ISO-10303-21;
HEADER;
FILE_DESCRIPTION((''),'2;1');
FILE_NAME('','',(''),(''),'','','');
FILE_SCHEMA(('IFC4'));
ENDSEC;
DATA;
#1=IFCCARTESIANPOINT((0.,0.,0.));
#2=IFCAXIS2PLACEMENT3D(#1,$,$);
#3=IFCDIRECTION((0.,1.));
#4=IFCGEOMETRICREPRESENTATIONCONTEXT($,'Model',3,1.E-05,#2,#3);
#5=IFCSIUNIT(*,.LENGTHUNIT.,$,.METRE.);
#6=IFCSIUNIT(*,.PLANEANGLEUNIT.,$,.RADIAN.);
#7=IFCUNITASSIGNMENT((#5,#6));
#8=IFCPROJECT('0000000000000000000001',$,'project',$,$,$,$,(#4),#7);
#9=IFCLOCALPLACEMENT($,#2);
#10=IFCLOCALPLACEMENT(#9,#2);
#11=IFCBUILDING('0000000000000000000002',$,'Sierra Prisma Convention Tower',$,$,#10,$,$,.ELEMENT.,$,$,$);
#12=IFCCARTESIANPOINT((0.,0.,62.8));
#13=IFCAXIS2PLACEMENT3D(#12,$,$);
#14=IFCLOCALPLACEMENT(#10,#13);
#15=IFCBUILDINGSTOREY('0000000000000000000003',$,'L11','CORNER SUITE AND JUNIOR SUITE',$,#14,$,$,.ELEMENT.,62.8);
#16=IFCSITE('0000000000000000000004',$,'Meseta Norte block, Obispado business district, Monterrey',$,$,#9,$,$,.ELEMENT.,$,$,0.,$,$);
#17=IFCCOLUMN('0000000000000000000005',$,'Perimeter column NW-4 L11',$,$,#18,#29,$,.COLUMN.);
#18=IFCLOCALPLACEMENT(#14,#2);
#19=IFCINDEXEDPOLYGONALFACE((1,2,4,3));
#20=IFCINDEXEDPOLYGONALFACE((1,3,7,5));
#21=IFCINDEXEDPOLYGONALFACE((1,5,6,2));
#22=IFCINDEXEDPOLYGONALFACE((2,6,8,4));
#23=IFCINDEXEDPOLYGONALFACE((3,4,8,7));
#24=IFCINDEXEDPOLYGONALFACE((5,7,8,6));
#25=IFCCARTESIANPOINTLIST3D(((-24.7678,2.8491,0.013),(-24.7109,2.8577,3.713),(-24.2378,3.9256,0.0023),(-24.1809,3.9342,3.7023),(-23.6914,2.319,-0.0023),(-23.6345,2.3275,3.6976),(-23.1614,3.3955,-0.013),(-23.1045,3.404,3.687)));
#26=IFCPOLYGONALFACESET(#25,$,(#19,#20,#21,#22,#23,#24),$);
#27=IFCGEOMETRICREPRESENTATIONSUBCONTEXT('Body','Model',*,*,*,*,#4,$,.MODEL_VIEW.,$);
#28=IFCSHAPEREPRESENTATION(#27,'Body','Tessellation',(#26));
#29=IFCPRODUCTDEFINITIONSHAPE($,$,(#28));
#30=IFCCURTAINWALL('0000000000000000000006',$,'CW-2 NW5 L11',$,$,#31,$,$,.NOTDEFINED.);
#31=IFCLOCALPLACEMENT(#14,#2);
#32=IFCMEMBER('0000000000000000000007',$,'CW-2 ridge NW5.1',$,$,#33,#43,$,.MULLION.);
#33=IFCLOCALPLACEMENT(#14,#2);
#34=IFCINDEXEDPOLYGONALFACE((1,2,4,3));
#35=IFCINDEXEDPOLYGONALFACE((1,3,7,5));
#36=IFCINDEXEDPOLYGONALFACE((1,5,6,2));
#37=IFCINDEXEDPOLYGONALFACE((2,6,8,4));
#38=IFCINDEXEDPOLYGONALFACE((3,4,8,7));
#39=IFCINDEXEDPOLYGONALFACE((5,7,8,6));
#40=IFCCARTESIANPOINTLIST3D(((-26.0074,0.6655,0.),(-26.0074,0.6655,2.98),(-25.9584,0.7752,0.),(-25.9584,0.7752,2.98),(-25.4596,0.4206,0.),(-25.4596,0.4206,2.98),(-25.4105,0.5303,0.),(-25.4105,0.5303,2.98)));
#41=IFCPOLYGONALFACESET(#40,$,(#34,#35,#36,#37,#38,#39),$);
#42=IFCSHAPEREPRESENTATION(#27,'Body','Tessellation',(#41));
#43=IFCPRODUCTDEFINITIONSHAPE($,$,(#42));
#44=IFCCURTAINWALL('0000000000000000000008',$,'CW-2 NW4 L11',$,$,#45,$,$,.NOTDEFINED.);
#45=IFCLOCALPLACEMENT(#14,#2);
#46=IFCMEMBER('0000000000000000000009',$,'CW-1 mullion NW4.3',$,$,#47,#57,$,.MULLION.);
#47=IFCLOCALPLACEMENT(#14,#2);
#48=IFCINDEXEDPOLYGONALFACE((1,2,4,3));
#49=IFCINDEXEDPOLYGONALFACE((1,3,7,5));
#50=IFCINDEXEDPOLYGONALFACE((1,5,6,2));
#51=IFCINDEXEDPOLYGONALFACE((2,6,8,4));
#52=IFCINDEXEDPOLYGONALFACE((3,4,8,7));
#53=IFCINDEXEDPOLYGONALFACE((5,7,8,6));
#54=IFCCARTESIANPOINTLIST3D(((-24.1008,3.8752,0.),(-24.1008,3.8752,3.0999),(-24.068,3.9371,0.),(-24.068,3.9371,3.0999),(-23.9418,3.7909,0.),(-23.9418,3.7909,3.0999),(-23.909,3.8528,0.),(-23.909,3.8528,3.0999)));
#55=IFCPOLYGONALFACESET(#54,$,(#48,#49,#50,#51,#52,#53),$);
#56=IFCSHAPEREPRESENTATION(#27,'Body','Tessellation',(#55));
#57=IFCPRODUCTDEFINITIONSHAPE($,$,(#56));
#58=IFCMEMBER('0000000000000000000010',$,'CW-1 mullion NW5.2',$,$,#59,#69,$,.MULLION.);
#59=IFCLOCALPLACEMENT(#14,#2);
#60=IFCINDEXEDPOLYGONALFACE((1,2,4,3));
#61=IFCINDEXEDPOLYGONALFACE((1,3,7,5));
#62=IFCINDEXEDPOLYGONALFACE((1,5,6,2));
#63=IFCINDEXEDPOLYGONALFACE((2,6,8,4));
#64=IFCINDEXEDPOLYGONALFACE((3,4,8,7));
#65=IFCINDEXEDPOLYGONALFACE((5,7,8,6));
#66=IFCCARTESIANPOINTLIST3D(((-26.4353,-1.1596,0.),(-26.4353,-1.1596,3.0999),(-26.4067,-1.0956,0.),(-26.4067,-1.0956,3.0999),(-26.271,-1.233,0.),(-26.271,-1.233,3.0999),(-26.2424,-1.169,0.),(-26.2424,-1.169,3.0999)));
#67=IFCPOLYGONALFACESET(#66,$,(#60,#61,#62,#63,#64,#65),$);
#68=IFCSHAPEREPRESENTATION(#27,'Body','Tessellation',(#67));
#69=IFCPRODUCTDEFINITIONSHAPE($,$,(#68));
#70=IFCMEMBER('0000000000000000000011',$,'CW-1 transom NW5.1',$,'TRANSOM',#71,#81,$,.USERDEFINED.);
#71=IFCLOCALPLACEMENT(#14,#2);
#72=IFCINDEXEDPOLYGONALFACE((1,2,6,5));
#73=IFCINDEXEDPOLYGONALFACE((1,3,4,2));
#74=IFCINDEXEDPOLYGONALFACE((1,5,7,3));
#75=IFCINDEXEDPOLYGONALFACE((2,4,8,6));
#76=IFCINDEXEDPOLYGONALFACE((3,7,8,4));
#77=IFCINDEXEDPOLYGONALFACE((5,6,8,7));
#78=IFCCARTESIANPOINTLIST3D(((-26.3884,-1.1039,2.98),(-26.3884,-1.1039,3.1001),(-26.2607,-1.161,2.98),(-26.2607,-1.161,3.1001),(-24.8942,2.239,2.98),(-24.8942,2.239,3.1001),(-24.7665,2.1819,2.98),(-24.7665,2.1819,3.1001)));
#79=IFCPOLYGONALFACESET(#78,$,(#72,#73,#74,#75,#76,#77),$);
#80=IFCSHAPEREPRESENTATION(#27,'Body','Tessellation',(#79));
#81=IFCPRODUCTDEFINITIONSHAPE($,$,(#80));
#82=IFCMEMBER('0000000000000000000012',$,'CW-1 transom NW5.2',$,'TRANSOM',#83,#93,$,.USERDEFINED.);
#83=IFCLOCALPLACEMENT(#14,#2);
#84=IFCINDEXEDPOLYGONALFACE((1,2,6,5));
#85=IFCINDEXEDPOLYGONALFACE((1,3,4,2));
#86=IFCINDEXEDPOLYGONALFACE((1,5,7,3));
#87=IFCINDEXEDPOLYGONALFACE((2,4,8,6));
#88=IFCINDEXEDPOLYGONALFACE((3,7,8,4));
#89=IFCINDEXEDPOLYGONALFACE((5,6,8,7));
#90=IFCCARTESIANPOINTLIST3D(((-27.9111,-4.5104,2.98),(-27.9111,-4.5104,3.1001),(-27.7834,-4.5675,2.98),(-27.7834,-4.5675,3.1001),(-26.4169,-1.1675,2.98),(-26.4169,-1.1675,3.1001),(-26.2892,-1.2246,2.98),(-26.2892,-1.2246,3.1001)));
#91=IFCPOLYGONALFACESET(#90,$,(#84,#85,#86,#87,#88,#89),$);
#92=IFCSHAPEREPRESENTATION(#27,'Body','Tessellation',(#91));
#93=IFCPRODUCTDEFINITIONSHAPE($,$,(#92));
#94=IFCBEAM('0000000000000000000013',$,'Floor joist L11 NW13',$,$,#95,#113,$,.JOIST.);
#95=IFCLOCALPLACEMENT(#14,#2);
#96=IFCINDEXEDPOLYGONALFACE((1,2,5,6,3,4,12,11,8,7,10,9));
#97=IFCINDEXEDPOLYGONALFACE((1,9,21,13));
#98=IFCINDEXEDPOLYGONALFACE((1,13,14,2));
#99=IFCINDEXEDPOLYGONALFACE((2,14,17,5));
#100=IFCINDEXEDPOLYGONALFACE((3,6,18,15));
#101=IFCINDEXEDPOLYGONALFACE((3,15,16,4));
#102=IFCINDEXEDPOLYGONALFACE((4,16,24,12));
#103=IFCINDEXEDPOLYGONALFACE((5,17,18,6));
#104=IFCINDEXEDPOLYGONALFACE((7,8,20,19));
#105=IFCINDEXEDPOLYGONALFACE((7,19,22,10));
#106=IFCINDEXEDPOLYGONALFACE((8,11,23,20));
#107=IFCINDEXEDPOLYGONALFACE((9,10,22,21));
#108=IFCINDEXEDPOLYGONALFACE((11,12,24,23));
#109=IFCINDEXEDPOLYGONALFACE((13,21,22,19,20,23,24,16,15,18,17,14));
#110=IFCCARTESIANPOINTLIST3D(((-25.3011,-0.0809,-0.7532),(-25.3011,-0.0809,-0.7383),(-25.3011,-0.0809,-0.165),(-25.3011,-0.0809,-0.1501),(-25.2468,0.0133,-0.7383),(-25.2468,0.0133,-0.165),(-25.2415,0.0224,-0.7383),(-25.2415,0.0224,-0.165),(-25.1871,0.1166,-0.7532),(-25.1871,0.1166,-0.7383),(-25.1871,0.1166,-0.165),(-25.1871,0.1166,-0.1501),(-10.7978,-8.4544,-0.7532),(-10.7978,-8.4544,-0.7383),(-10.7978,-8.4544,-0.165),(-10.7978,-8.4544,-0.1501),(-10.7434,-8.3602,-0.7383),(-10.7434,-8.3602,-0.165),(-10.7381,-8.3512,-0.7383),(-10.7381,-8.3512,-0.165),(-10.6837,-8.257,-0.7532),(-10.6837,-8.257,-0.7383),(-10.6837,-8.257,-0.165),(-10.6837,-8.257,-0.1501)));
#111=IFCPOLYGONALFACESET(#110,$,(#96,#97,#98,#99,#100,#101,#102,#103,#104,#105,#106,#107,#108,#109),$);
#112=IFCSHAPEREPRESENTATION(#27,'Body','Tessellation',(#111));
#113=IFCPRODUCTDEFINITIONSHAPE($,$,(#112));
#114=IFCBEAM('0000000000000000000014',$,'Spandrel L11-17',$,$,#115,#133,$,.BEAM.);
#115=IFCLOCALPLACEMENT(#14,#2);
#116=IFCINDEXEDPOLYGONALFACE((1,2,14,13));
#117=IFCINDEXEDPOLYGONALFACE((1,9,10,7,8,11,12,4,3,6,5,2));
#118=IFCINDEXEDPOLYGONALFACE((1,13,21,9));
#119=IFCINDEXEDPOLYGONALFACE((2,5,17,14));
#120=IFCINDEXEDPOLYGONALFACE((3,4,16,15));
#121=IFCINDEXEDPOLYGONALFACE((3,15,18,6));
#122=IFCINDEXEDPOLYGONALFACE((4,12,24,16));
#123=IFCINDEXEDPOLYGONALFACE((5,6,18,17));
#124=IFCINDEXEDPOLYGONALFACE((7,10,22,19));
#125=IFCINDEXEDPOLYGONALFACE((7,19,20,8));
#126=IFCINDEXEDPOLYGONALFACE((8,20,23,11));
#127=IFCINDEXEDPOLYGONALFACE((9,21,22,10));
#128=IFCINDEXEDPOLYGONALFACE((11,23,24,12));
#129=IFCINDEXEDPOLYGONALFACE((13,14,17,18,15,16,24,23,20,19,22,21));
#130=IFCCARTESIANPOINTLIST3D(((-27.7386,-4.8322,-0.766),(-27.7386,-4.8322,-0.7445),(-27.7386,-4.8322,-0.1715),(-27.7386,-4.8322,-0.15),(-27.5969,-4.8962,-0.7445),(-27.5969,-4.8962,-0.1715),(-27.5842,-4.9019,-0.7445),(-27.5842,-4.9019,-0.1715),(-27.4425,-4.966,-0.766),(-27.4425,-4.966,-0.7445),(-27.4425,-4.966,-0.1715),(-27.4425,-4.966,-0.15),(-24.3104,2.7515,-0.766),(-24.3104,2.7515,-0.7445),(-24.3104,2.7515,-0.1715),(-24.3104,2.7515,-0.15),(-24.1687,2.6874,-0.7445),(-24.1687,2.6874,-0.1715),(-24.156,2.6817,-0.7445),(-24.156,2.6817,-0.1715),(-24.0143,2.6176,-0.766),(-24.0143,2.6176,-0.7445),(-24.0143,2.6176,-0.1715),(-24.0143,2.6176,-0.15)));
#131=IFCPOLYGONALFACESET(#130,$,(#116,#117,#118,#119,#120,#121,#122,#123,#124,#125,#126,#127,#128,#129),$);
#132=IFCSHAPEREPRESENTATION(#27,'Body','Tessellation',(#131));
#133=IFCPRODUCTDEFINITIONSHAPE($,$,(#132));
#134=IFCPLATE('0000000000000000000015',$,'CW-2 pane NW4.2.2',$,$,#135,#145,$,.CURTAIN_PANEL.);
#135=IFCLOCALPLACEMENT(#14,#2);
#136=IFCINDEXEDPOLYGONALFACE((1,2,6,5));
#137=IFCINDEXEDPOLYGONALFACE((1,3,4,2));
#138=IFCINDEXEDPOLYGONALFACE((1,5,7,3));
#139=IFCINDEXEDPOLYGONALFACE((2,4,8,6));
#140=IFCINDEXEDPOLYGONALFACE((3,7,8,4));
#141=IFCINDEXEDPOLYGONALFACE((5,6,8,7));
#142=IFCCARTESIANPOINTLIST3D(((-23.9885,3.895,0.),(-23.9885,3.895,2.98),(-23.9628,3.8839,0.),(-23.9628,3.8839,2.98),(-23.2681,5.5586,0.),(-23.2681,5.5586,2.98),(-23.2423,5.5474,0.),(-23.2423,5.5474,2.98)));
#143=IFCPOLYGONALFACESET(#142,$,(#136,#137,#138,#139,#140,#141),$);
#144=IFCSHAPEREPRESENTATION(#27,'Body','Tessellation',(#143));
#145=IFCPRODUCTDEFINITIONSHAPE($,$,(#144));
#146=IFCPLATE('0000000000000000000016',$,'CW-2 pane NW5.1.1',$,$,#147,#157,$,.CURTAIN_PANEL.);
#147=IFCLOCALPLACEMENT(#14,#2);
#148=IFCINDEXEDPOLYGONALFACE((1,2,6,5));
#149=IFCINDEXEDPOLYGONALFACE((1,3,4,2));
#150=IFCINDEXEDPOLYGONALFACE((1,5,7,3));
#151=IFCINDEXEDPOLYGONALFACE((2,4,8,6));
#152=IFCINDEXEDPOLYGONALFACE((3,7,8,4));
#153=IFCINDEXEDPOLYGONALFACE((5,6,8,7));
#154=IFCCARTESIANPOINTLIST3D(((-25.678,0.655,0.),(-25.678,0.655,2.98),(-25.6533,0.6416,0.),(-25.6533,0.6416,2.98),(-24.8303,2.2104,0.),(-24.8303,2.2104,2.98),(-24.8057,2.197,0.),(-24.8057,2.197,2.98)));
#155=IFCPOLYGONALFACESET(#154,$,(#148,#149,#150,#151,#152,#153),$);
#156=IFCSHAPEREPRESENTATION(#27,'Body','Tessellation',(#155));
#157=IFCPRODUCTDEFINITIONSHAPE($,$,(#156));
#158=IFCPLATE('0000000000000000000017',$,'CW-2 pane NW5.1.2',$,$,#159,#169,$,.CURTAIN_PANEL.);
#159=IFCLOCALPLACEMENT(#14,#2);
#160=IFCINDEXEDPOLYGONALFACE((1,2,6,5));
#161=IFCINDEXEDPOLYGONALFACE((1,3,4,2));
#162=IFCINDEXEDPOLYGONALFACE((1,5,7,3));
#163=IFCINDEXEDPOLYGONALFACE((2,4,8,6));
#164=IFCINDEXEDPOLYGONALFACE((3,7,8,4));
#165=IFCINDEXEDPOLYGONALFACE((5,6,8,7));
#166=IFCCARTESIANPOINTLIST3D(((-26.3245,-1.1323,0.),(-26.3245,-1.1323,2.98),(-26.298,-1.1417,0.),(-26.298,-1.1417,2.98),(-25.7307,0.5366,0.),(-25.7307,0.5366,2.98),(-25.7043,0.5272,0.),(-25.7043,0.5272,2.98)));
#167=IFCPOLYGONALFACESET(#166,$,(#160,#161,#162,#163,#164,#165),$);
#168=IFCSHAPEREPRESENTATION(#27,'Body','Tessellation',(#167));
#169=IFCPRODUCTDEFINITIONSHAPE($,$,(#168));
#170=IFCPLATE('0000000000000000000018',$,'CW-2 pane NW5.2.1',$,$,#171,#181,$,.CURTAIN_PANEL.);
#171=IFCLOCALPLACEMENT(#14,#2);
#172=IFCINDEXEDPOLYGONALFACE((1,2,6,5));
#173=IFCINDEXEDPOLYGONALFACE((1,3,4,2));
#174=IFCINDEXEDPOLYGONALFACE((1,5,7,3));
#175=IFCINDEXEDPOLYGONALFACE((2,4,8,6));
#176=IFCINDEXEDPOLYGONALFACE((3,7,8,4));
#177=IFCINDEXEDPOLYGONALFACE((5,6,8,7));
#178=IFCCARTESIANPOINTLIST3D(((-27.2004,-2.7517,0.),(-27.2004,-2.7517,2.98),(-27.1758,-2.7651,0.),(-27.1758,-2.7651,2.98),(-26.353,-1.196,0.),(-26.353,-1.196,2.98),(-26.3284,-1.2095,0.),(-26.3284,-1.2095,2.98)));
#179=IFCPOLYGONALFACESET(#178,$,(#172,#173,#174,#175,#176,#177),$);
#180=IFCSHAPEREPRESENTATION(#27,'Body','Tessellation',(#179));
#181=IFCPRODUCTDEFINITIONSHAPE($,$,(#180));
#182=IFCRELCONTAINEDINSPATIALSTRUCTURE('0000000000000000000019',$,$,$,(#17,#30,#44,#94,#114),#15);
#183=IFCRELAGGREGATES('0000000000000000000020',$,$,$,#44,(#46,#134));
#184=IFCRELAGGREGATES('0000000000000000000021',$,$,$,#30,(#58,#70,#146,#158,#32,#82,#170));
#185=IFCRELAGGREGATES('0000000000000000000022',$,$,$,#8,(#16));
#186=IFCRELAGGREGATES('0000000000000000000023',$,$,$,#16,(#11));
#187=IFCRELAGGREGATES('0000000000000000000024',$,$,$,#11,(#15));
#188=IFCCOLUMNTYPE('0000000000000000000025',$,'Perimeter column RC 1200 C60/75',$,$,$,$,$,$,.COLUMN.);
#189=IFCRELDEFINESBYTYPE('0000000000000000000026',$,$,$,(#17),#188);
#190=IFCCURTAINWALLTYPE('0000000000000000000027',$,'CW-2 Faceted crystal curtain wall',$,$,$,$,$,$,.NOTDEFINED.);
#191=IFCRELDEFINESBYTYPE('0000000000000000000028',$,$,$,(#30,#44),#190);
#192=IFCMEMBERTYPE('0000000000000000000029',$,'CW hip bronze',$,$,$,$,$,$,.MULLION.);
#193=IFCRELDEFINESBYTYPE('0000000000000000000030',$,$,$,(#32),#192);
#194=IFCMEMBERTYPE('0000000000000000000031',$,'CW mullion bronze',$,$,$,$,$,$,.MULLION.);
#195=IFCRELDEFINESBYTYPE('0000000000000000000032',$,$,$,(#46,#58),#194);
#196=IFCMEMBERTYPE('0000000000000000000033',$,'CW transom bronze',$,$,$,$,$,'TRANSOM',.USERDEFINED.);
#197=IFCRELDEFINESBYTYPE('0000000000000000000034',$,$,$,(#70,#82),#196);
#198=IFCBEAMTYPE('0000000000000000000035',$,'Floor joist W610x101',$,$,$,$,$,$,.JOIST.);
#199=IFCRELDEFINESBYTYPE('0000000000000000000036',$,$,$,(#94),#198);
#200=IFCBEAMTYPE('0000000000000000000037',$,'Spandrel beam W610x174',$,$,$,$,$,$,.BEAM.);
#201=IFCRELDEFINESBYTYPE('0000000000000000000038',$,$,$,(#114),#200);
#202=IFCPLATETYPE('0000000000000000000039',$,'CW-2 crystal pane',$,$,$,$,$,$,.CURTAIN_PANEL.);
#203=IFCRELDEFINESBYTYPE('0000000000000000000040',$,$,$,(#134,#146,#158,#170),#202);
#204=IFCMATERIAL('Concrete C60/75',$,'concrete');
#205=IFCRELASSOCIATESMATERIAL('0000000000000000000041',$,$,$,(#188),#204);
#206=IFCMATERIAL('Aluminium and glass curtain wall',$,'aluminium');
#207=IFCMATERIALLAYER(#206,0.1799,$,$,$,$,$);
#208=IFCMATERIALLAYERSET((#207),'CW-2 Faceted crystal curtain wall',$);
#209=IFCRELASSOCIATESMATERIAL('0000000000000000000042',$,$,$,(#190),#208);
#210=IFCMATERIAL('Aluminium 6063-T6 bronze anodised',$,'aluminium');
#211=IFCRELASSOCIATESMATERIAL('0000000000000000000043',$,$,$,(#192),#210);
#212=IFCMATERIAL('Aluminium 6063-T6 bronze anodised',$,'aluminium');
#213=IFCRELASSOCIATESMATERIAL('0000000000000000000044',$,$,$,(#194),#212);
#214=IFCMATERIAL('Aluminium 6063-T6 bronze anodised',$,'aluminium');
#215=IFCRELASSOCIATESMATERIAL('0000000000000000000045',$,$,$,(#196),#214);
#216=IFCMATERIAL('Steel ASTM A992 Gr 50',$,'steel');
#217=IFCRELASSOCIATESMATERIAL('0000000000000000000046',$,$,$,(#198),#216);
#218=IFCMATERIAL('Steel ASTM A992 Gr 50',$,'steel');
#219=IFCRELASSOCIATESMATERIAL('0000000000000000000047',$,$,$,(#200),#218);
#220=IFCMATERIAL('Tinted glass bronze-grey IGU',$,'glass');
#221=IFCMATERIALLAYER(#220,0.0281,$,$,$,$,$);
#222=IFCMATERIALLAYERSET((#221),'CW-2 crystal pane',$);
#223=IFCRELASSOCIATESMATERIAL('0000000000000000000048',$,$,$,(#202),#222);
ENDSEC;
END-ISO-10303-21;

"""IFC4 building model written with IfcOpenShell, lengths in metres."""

from ifc_helpers import new_model, si_unit, direction, frame, origin, origin_2d, place, context, subcontext, project, spatial, polyline, rectangle, i_section, outline, extrude, material, layer, layer_set, material_profile, profile_set, type_object, element, aggregate, save


model = new_model("IFC4")

# Units and contexts
model_context = context("Model", 3, precision=1e-05, world=origin(), true_north=direction((0.0, 1.0)))
body_context = subcontext(model_context, "Body", "Model", "MODEL_VIEW")
ifc_project = project(units=[si_unit("LENGTHUNIT", "METRE"), si_unit("PLANEANGLEUNIT", "RADIAN")], contexts=[model_context])

# Site, building, storey
site_placement = place(None, origin())
site = spatial("IfcSite", under=ifc_project, at=site_placement, Name="Meseta Norte block, Obispado business district, Monterrey", CompositionType="ELEMENT", RefElevation=0.0)
building_placement = place(site_placement, origin())
building = spatial("IfcBuilding", under=site, at=building_placement, Name="Sierra Prisma Convention Tower", CompositionType="ELEMENT")
storey_placement = place(building_placement, frame((0.0, 0.0, 62.8)))
storey = spatial("IfcBuildingStorey", under=building, at=storey_placement, Name="L11", Description="CORNER SUITE AND JUNIOR SUITE", CompositionType="ELEMENT", Elevation=62.8)

# Column
ifc_material_1 = material(Name="Concrete C60/75", Category="concrete")
ifc_material_profile_1 = material_profile(ifc_material_1, rectangle(XDim=1.2, YDim=1.2, at=origin_2d()), Name="Perimeter column RC 1200 C60/75")
ifc_profile_set_1 = profile_set([ifc_material_profile_1], Name="Concrete C60/75")
column_type = type_object("IfcColumnType", Name="Perimeter column RC 1200 C60/75", PredefinedType="COLUMN", material=ifc_profile_set_1)
column_placement = place(storey_placement, frame((-23.9646, 3.1223, 0.0), z_axis=(0.015373, 0.002309, 0.999879), x_axis=(0.441717, 0.897111, -0.008863)))
element("IfcColumn", 1, at=column_placement, inside=storey, type_object=column_type, Name="Perimeter column NW-4 L11", PredefinedType="COLUMN", context=body_context, shape_type="SweptSolid", body=[
    extrude(rectangle(XDim=1.2, YDim=1.2, at=origin_2d()), origin(), (0.0, 0.0, 1.0), 3.7004),
])

# Curtain walls, members
ifc_material_2 = material(Name="Aluminium and glass curtain wall", Category="aluminium")
ifc_layer_1 = layer(ifc_material_2, 0.1799)
ifc_layer_set_1 = layer_set([ifc_layer_1], Name="CW-2 Faceted crystal curtain wall")
curtain_wall_type = type_object("IfcCurtainWallType", Name="CW-2 Faceted crystal curtain wall", PredefinedType="NOTDEFINED", material=ifc_layer_set_1)
curtain_wall_1_placement = place(storey_placement, origin())
curtain_wall_1 = element("IfcCurtainWall", 2, at=curtain_wall_1_placement, inside=storey, type_object=curtain_wall_type, Name="CW-2 NW5 L11", PredefinedType="NOTDEFINED")
ifc_material_3 = material(Name="Aluminium 6063-T6 bronze anodised", Category="aluminium")
ifc_material_profile_2 = material_profile(ifc_material_3, rectangle(XDim=0.1201, YDim=0.6001, at=origin_2d()), Name="ALU RIDGE BLADE 120x600")
ifc_profile_set_2 = profile_set([ifc_material_profile_2], Name="Aluminium 6063-T6 bronze anodised")
member_type_1 = type_object("IfcMemberType", Name="CW hip bronze", PredefinedType="MULLION", material=ifc_profile_set_2)
member_1_placement = place(storey_placement, frame((-25.709, 0.5979, 0.0), z_axis=(0.0, 0.0, 1.0), x_axis=(-0.408052, -0.912959, 0.0)))
member_1 = element("IfcMember", 3, at=member_1_placement, type_object=member_type_1, Name="CW-2 ridge NW5.1", PredefinedType="MULLION", context=body_context, shape_type="SweptSolid", body=[
    extrude(rectangle(XDim=0.1201, YDim=0.6001, at=origin_2d()), origin(), (0.0, 0.0, 1.0), 2.98),
])
curtain_wall_2_placement = place(storey_placement, origin())
curtain_wall_2 = element("IfcCurtainWall", 4, at=curtain_wall_2_placement, inside=storey, type_object=curtain_wall_type, Name="CW-2 NW4 L11", PredefinedType="NOTDEFINED")
ifc_material_4 = material(Name="Aluminium 6063-T6 bronze anodised", Category="aluminium")
ifc_material_profile_3 = material_profile(ifc_material_4, rectangle(XDim=0.1799, YDim=0.0701, at=origin_2d()), Name="ALU MULLION 70x180")
ifc_profile_set_3 = profile_set([ifc_material_profile_3], Name="Aluminium 6063-T6 bronze anodised")
member_type_2 = type_object("IfcMemberType", Name="CW mullion bronze", PredefinedType="MULLION", material=ifc_profile_set_3)
member_2_placement = place(storey_placement, frame((-24.0049, 3.864, 0.0), z_axis=(0.0, 0.0, 1.0), x_axis=(0.883605, -0.468233, 0.0)))
member_2 = element("IfcMember", 5, at=member_2_placement, type_object=member_type_2, Name="CW-1 mullion NW4.3", PredefinedType="MULLION", context=body_context, shape_type="SweptSolid", body=[
    extrude(rectangle(XDim=0.1799, YDim=0.0701, at=origin_2d()), origin(), (0.0, 0.0, 1.0), 3.0999),
])

# Members
member_3_placement = place(storey_placement, frame((-26.3389, -1.1643, 0.0), z_axis=(0.0, 0.0, 1.0), x_axis=(0.912959, -0.408052, 0.0)))
member_3 = element("IfcMember", 6, at=member_3_placement, type_object=member_type_2, Name="CW-1 mullion NW5.2", PredefinedType="MULLION", context=body_context, shape_type="SweptSolid", body=[
    extrude(rectangle(XDim=0.1799, YDim=0.0701, at=origin_2d()), origin(), (0.0, 0.0, 1.0), 3.0999),
])
ifc_material_5 = material(Name="Aluminium 6063-T6 bronze anodised", Category="aluminium")
ifc_material_profile_4 = material_profile(ifc_material_5, rectangle(XDim=0.1399, YDim=0.1201, at=origin_2d()), Name="ALU TRANSOM 120x140")
ifc_profile_set_4 = profile_set([ifc_material_profile_4], Name="Aluminium 6063-T6 bronze anodised")
member_type_3 = type_object("IfcMemberType", Name="CW transom bronze", ElementType="TRANSOM", PredefinedType="USERDEFINED", material=ifc_profile_set_4)
member_4_placement = place(storey_placement, frame((-24.8303, 2.2104, 3.04), z_axis=(-0.408068, -0.912952, 0.0), x_axis=(0.912952, -0.408068, 0.0)))
member_4 = element("IfcMember", 7, at=member_4_placement, type_object=member_type_3, Name="CW-1 transom NW5.1", ObjectType="TRANSOM", PredefinedType="USERDEFINED", context=body_context, shape_type="SweptSolid", body=[
    extrude(rectangle(XDim=0.1399, YDim=0.1201, at=origin_2d()), origin(), (0.0, 0.0, 1.0), 3.6616),
])
member_5_placement = place(storey_placement, frame((-26.353, -1.196, 3.04), z_axis=(-0.408068, -0.912952, 0.0), x_axis=(0.912952, -0.408068, 0.0)))
member_5 = element("IfcMember", 8, at=member_5_placement, type_object=member_type_3, Name="CW-1 transom NW5.2", ObjectType="TRANSOM", PredefinedType="USERDEFINED", context=body_context, shape_type="SweptSolid", body=[
    extrude(rectangle(XDim=0.1399, YDim=0.1201, at=origin_2d()), origin(), (0.0, 0.0, 1.0), 3.6616),
])

# Beams
ifc_material_6 = material(Name="Steel ASTM A992 Gr 50", Category="steel")
ifc_material_profile_5 = material_profile(ifc_material_6, i_section(OverallWidth=0.228, OverallDepth=0.603, WebThickness=0.0105, FlangeThickness=0.0149, at=origin_2d()), Name="W610x101")
ifc_profile_set_5 = profile_set([ifc_material_profile_5], Name="Steel ASTM A992 Gr 50")
beam_type_1 = type_object("IfcBeamType", Name="Floor joist W610x101", PredefinedType="JOIST", material=ifc_profile_set_5)
beam_1_placement = place(storey_placement, frame((-25.2441, 0.0178, -0.4517), z_axis=(0.866026, -0.499999, 0.0), x_axis=(0.499999, 0.866026, 0.0)))
element("IfcBeam", 9, at=beam_1_placement, inside=storey, type_object=beam_type_1, Name="Floor joist L11 NW13", PredefinedType="JOIST", context=body_context, shape_type="SweptSolid", body=[
    extrude(i_section(OverallWidth=0.228, OverallDepth=0.603, WebThickness=0.0105, FlangeThickness=0.0149, at=origin_2d()), origin(), (0.0, 0.0, 1.0), 16.7471),
])
ifc_material_7 = material(Name="Steel ASTM A992 Gr 50", Category="steel")
ifc_material_profile_6 = material_profile(ifc_material_7, i_section(OverallWidth=0.325, OverallDepth=0.616, WebThickness=0.0139, FlangeThickness=0.0215, at=origin_2d()), Name="W610x174")
ifc_profile_set_6 = profile_set([ifc_material_profile_6], Name="Steel ASTM A992 Gr 50")
beam_type_2 = type_object("IfcBeamType", Name="Spandrel beam W610x174", PredefinedType="BEAM", material=ifc_profile_set_6)
beam_2_placement = place(storey_placement, frame((-24.1624, 2.6846, -0.458), z_axis=(-0.411917, -0.911221, 0.0), x_axis=(0.911221, -0.411917, 0.0)))
element("IfcBeam", 10, at=beam_2_placement, inside=storey, type_object=beam_type_2, Name="Spandrel L11-17", PredefinedType="BEAM", context=body_context, shape_type="SweptSolid", body=[
    extrude(i_section(OverallWidth=0.325, OverallDepth=0.616, WebThickness=0.0139, FlangeThickness=0.0215, at=origin_2d()), origin(), (0.0, 0.0, 1.0), 8.3225),
])

# Plates
ifc_material_8 = material(Name="Tinted glass bronze-grey IGU", Category="glass")
ifc_layer_2 = layer(ifc_material_8, 0.0281)
ifc_layer_set_2 = layer_set([ifc_layer_2], Name="CW-2 crystal pane")
plate_type = type_object("IfcPlateType", Name="CW-2 crystal pane", PredefinedType="CURTAIN_PANEL", material=ifc_layer_set_2)
plate_1_placement = place(storey_placement, frame((-23.9885, 3.895, 0.0), z_axis=(-0.917641, 0.397411, 0.0), x_axis=(0.397411, 0.917641, 0.0)))
plate_1 = element("IfcPlate", 11, at=plate_1_placement, type_object=plate_type, Name="CW-2 pane NW4.2.2", PredefinedType="CURTAIN_PANEL", context=body_context, shape_type="SweptSolid", body=[
    extrude(outline(polyline([(0.0, 0.0), (1.8129, 0.0), (1.8129, -2.98), (0.0, -2.98), (0.0, 0.0)])), origin(), (0.0, 0.0, -1.0), 0.0281),
])
aggregate(curtain_wall_2, [member_2, plate_1])
plate_2_placement = place(storey_placement, frame((-24.8303, 2.2104, 0.0), z_axis=(-0.878075, 0.478524, 0.0), x_axis=(-0.478524, -0.878075, 0.0)))
plate_2 = element("IfcPlate", 12, at=plate_2_placement, type_object=plate_type, Name="CW-2 pane NW5.1.1", PredefinedType="CURTAIN_PANEL", context=body_context, shape_type="SweptSolid", body=[
    extrude(outline(polyline([(0.0, 0.0), (1.7714, 0.0), (1.7714, 2.98), (0.0, 2.98), (0.0, 0.0)])), origin(), (0.0, 0.0, -1.0), 0.0281),
])
plate_3_placement = place(storey_placement, frame((-26.3245, -1.1323, 0.0), z_axis=(-0.942153, 0.335184, 0.0), x_axis=(0.335184, 0.942153, 0.0)))
plate_3 = element("IfcPlate", 13, at=plate_3_placement, type_object=plate_type, Name="CW-2 pane NW5.1.2", PredefinedType="CURTAIN_PANEL", context=body_context, shape_type="SweptSolid", body=[
    extrude(outline(polyline([(0.0, 0.0), (1.7714, 0.0), (1.7714, -2.98), (0.0, -2.98), (0.0, 0.0)])), origin(), (0.0, 0.0, -1.0), 0.0281),
])
plate_4_placement = place(storey_placement, frame((-26.353, -1.196, 0.0), z_axis=(-0.878164, 0.47836, 0.0), x_axis=(-0.47836, -0.878164, 0.0)))
plate_4 = element("IfcPlate", 14, at=plate_4_placement, type_object=plate_type, Name="CW-2 pane NW5.2.1", PredefinedType="CURTAIN_PANEL", context=body_context, shape_type="SweptSolid", body=[
    extrude(outline(polyline([(0.0, 0.0), (1.7715, 0.0), (1.7715, 2.98), (0.0, 2.98), (0.0, 0.0)])), origin(), (0.0, 0.0, -1.0), 0.0281),
])
aggregate(curtain_wall_1, [member_3, member_4, plate_2, plate_3, member_1, member_5, plate_4])

save(model, "model.ifc")
